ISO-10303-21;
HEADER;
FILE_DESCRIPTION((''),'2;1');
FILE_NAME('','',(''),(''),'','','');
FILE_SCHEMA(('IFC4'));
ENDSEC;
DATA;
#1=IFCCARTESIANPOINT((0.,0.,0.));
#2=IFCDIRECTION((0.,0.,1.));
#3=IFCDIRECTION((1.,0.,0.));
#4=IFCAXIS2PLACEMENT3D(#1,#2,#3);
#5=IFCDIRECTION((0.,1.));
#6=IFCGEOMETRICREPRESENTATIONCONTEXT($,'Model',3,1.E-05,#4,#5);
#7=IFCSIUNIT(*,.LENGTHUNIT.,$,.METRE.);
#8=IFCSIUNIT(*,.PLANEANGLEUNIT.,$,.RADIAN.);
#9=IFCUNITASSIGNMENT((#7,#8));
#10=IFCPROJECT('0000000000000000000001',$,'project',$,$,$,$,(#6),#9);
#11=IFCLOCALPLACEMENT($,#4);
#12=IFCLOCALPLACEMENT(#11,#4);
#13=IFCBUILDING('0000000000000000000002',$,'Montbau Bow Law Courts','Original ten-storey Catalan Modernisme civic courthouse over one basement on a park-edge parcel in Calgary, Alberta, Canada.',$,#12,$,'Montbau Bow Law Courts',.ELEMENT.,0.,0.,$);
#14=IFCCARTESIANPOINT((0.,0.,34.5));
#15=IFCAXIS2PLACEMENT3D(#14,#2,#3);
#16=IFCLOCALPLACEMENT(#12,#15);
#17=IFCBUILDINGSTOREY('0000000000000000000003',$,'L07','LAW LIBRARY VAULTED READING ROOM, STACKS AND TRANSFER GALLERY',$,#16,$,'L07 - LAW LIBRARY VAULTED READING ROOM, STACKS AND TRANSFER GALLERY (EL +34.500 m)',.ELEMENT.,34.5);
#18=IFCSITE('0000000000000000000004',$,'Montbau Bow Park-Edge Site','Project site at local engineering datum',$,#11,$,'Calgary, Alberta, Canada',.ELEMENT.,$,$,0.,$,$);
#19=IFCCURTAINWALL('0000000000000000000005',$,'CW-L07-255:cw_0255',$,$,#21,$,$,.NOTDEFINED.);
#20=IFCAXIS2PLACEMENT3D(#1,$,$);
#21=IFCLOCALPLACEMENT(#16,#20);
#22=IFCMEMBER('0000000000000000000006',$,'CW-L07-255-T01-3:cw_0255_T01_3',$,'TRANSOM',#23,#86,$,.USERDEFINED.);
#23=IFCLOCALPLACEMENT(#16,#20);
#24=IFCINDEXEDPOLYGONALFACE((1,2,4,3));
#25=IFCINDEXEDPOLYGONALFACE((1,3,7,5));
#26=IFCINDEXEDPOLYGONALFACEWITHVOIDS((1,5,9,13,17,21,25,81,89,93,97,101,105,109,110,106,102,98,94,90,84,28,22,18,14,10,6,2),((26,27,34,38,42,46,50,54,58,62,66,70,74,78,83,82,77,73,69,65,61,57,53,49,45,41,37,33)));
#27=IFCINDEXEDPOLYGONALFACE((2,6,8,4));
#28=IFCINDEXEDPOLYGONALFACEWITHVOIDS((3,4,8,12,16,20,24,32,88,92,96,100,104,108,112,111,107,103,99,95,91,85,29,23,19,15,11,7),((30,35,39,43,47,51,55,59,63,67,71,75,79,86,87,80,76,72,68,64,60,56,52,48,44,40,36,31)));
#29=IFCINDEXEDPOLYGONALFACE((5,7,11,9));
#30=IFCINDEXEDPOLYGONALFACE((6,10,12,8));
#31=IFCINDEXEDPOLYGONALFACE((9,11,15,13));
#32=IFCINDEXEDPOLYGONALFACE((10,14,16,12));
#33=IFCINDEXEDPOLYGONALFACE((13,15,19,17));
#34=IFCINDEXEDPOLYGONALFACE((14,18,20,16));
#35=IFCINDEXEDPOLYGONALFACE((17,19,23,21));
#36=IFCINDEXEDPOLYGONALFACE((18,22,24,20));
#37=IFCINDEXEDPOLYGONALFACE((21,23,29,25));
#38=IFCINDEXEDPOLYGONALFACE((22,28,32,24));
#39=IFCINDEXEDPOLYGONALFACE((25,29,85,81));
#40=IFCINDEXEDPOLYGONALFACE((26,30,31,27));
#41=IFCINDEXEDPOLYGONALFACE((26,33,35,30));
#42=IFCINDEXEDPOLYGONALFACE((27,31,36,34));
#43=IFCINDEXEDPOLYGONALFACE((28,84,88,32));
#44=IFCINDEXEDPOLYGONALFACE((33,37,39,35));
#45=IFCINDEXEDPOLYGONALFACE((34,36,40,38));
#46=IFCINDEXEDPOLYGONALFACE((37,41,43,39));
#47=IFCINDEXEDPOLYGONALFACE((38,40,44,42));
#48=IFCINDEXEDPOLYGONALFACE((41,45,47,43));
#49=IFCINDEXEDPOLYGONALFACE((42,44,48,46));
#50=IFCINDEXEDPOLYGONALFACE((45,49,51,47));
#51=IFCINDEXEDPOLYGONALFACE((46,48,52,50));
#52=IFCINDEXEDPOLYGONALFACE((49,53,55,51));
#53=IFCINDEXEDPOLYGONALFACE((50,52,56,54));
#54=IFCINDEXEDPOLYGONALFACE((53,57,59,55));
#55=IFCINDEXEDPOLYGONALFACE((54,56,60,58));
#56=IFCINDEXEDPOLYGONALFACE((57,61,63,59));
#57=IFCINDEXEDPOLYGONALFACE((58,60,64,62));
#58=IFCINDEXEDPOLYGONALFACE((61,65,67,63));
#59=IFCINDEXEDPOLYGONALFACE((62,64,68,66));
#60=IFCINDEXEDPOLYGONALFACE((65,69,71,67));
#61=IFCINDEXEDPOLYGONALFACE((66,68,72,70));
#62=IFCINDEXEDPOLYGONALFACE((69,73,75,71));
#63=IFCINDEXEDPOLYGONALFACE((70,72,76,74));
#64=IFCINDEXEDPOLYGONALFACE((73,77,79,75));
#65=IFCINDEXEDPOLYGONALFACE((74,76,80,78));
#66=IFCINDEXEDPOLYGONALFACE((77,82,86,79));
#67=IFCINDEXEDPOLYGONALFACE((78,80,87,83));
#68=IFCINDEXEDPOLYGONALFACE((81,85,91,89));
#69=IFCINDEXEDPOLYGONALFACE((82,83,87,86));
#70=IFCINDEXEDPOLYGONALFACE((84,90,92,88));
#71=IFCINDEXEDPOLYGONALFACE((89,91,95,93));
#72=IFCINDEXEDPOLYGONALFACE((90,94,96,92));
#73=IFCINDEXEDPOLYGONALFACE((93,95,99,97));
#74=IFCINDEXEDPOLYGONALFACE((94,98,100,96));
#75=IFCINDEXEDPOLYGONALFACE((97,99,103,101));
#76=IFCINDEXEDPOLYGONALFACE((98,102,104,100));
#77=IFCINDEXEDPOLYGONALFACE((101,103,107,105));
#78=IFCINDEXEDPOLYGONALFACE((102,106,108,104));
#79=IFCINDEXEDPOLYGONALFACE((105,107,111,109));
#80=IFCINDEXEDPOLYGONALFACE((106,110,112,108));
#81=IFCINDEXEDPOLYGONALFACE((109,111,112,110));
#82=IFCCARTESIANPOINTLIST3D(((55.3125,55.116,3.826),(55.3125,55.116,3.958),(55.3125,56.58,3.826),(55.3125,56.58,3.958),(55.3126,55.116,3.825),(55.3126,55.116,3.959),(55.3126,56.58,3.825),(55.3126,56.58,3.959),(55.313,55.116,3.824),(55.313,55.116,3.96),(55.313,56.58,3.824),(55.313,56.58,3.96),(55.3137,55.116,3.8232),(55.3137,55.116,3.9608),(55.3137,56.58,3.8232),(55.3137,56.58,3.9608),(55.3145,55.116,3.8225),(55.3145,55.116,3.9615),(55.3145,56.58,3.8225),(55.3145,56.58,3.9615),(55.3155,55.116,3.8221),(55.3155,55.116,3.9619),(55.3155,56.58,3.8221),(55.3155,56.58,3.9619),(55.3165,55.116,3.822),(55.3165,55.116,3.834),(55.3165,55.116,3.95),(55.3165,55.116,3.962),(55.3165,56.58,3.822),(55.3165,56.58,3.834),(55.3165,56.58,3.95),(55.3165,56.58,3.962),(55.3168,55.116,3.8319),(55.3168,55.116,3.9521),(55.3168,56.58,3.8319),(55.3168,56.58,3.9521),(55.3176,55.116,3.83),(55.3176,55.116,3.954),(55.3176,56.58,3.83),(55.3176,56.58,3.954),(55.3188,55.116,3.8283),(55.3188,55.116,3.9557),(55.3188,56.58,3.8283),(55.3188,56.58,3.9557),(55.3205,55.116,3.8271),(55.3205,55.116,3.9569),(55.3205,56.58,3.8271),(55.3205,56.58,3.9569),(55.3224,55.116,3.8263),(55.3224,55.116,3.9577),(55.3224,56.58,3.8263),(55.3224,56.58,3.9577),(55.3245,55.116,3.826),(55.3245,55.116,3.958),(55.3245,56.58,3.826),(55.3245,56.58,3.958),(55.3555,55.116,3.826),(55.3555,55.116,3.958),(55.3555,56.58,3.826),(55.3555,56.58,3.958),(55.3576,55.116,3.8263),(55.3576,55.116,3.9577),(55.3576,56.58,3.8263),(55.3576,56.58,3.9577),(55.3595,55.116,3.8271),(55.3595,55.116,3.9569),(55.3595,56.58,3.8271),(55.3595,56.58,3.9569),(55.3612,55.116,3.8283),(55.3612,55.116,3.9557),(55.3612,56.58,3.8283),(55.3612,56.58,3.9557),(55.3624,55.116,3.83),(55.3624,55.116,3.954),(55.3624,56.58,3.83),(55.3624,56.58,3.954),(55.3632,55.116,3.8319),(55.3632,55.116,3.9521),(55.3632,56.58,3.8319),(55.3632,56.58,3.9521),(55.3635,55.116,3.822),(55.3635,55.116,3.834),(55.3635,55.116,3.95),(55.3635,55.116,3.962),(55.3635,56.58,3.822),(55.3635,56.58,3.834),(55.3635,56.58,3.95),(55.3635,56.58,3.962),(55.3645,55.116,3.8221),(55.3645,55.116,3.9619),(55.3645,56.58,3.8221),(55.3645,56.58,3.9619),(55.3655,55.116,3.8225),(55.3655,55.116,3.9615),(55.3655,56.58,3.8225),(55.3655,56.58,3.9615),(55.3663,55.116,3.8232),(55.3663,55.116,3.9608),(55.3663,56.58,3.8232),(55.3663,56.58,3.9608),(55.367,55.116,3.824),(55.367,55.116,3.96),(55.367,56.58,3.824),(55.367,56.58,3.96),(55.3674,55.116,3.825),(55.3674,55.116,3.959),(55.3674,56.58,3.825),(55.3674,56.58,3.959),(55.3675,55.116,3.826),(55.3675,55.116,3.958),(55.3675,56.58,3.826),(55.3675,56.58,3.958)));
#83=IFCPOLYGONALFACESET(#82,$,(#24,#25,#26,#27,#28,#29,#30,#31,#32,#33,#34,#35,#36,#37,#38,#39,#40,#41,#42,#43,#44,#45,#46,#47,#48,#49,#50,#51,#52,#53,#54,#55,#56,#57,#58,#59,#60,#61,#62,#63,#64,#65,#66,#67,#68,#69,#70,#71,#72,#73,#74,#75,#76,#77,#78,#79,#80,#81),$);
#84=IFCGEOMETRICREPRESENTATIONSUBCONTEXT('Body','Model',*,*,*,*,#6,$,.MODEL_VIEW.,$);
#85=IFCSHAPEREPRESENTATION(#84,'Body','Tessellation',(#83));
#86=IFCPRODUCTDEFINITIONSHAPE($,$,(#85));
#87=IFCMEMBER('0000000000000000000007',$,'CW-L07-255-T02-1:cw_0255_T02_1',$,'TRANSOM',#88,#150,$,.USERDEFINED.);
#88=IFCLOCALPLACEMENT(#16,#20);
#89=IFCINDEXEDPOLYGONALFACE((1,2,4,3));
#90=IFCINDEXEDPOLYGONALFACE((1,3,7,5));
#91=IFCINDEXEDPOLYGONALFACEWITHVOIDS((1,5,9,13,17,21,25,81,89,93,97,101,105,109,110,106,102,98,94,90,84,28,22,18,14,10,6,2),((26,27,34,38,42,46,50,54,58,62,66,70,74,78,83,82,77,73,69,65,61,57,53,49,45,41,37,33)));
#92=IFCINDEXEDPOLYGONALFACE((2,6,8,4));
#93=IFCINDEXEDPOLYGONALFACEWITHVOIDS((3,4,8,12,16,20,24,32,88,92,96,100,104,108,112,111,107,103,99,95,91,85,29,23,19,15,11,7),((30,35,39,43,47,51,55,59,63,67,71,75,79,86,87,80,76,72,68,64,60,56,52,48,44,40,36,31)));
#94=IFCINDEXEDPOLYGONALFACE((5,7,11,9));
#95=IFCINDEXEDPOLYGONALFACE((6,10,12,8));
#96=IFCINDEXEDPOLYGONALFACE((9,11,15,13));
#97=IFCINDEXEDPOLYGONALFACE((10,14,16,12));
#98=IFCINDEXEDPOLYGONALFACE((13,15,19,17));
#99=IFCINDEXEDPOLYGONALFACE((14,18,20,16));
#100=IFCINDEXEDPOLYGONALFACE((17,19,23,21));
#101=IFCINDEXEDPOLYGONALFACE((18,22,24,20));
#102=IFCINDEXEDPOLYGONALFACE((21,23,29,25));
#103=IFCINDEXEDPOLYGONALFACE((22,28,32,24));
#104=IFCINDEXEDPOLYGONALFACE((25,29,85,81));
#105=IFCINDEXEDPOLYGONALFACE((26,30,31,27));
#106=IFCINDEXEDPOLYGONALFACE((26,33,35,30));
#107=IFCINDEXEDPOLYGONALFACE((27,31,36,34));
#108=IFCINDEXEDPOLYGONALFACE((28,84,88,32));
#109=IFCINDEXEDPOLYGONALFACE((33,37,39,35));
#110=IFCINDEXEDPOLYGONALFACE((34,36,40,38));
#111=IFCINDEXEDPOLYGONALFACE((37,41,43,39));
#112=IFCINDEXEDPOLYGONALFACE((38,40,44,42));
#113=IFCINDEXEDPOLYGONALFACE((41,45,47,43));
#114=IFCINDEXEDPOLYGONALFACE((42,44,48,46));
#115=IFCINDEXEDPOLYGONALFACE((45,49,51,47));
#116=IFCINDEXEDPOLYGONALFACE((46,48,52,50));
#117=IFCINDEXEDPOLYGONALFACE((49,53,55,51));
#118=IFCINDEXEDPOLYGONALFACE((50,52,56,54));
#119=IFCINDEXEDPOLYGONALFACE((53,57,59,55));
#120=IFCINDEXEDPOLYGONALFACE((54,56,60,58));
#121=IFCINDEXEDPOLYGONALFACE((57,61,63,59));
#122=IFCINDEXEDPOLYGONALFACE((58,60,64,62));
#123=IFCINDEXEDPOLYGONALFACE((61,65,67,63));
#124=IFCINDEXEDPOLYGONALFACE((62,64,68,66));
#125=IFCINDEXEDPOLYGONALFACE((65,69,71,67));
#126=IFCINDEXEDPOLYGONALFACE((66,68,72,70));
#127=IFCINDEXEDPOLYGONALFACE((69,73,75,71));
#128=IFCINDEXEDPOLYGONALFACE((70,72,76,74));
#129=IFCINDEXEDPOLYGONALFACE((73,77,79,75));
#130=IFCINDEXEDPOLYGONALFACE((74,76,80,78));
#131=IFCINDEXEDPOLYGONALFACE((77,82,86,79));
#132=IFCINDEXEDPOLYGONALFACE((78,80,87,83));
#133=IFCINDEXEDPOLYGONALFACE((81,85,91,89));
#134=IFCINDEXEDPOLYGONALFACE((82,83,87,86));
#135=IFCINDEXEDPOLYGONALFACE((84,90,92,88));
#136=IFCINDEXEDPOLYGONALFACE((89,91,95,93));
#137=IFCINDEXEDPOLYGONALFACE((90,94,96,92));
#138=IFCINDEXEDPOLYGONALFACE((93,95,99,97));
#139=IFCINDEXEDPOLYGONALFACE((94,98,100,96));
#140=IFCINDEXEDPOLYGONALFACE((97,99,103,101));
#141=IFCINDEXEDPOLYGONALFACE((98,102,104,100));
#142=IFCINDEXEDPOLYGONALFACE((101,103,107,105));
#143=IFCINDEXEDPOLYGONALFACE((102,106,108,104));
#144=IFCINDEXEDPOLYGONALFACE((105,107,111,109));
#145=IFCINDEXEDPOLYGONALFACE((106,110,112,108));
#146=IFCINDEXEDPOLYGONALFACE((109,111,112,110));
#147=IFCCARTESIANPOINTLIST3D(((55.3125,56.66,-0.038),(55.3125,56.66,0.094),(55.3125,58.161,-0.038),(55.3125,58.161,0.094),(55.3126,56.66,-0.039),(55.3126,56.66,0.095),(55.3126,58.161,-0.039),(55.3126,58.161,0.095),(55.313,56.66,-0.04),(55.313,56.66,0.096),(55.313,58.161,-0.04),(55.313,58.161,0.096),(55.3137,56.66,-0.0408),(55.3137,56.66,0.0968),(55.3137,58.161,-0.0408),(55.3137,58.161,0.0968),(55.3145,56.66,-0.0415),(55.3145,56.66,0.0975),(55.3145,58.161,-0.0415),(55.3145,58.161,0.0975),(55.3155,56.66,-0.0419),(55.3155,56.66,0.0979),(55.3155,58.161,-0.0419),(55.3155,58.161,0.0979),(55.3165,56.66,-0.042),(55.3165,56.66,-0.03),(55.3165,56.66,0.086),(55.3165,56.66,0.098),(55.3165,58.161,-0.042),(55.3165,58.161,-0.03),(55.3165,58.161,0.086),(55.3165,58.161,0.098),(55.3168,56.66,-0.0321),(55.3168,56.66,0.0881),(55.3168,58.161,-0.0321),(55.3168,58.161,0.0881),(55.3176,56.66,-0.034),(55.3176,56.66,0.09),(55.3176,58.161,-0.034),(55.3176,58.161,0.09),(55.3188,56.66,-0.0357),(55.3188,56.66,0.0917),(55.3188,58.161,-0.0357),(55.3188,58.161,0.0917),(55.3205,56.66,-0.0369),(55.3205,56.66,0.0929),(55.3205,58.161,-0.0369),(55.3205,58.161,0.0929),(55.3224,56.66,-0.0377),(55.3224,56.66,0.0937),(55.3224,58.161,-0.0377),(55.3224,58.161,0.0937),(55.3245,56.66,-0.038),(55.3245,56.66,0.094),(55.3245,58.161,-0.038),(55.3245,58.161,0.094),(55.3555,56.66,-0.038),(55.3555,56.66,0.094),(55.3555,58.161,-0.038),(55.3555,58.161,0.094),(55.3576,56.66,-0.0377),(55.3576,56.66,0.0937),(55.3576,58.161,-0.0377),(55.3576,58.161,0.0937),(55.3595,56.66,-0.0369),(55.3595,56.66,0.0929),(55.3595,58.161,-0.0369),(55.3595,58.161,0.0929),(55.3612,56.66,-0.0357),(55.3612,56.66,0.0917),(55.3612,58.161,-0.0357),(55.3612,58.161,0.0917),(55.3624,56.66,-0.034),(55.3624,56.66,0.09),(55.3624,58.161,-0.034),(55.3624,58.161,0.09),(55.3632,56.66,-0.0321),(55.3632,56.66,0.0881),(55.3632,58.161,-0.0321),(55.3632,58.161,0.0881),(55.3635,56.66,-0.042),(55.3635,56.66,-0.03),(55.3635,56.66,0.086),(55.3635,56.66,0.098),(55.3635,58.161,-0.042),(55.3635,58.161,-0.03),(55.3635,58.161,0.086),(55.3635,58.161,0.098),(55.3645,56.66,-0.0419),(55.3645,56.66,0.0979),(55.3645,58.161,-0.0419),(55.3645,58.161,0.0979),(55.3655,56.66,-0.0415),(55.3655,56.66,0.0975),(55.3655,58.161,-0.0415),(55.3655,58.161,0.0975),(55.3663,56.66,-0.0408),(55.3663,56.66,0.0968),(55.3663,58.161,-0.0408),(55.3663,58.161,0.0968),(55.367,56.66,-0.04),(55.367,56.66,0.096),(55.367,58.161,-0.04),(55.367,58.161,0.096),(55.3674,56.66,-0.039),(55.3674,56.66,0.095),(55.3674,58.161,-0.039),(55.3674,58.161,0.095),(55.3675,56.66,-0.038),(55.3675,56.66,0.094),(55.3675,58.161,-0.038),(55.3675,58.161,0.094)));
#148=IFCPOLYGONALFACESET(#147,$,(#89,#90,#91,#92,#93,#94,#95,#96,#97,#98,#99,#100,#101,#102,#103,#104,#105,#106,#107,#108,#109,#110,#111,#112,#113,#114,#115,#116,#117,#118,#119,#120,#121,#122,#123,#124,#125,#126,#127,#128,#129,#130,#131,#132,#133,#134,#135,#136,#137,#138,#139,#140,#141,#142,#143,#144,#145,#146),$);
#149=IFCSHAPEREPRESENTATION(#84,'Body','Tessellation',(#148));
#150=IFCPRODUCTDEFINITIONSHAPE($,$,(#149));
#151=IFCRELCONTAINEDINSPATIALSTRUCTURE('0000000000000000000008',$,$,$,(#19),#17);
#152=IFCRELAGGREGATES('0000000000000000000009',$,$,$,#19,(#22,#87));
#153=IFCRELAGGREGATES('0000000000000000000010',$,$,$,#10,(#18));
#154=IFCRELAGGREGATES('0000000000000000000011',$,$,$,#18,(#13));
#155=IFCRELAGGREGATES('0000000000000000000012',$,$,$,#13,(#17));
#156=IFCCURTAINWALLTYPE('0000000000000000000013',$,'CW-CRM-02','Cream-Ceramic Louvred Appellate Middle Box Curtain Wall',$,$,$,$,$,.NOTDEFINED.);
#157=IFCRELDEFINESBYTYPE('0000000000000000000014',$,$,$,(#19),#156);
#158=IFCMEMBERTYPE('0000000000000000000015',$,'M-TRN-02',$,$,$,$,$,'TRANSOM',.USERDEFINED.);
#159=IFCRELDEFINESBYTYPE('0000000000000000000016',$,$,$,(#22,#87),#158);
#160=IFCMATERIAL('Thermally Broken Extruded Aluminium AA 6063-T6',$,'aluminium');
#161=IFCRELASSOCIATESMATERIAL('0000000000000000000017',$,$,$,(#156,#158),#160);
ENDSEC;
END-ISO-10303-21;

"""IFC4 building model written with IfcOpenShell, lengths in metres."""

from ifc_helpers import new_model, si_unit, direction, frame, origin_with_axes, origin_2d_with_axis, place, context, subcontext, project, spatial, hollow_rectangle, extrude, material, material_profile, profile_set, type_object, element, aggregate, save


model = new_model("IFC4")

# Units and contexts
model_context = context("Model", 3, precision=1e-05, world=origin_with_axes(), true_north=direction((0.0, 1.0)))
body_context = subcontext(model_context, "Body", "Model", "MODEL_VIEW")
ifc_project = project(units=[si_unit("LENGTHUNIT", "METRE"), si_unit("PLANEANGLEUNIT", "RADIAN")], contexts=[model_context])

# Site, building, storey
site_placement = place(None, origin_with_axes())
site = spatial("IfcSite", under=ifc_project, at=site_placement, Name="Montbau Bow Park-Edge Site", Description="Project site at local engineering datum", LongName="Calgary, Alberta, Canada", CompositionType="ELEMENT", RefElevation=0.0)
building_placement = place(site_placement, origin_with_axes())
building = spatial("IfcBuilding", under=site, at=building_placement, Name="Montbau Bow Law Courts", Description="Original ten-storey Catalan Modernisme civic courthouse over one basement on a park-edge parcel in Calgary, Alberta, Canada.", LongName="Montbau Bow Law Courts", CompositionType="ELEMENT", ElevationOfRefHeight=0.0, ElevationOfTerrain=0.0)
storey_placement = place(building_placement, frame((0.0, 0.0, 34.5), z_axis=(0.0, 0.0, 1.0), x_axis=(1.0, 0.0, 0.0)))
storey = spatial("IfcBuildingStorey", under=building, at=storey_placement, Name="L07", Description="LAW LIBRARY VAULTED READING ROOM, STACKS AND TRANSFER GALLERY", LongName="L07 - LAW LIBRARY VAULTED READING ROOM, STACKS AND TRANSFER GALLERY (EL +34.500 m)", CompositionType="ELEMENT", Elevation=34.5)

# Curtain wall
ifc_material_1 = material(Name="Thermally Broken Extruded Aluminium AA 6063-T6", Category="aluminium")
curtain_wall_type = type_object("IfcCurtainWallType", Name="CW-CRM-02", Description="Cream-Ceramic Louvred Appellate Middle Box Curtain Wall", PredefinedType="NOTDEFINED", material=ifc_material_1)
curtain_wall_1_placement = place(None, frame((55.34, 55.04, 34.5), z_axis=(0.0, 0.0, 1.0), x_axis=(1.0, 0.0, 0.0)))
curtain_wall_1 = element("IfcCurtainWall", 1, at=curtain_wall_1_placement, inside=storey, type_object=curtain_wall_type, Name="CW-L07-255:cw_0255", PredefinedType="NOTDEFINED")

# Members
ifc_material_profile_1 = material_profile(ifc_material_1, hollow_rectangle(XDim=0.055, YDim=0.14, WallThickness=0.004, InnerFilletRadius=0.008, OuterFilletRadius=0.004, at=origin_2d_with_axis()), Name="CWT-140X55", Category="Main", Priority=0)
ifc_profile_set_1 = profile_set([ifc_material_profile_1], Name="Thermally Broken Extruded Aluminium AA 6063-T6")
member_type_1 = type_object("IfcMemberType", Name="M-TRN-02", ElementType="TRANSOM", PredefinedType="USERDEFINED", material=ifc_profile_set_1)
member_1_placement = place(None, frame((55.34, 55.116, 38.392), z_axis=(0.0, 1.0, 0.0), x_axis=(-1.0, 0.0, 0.0)))
member_1 = element("IfcMember", 2, at=member_1_placement, type_object=member_type_1, Name="CW-L07-255-T01-3:cw_0255_T01_3", ObjectType="TRANSOM", PredefinedType="USERDEFINED", context=body_context, shape_type="SweptSolid", body=[
    extrude(hollow_rectangle(XDim=0.055, YDim=0.14, WallThickness=0.004, InnerFilletRadius=0.008, OuterFilletRadius=0.004, at=origin_2d_with_axis()), origin_with_axes(), (0.0, 0.0, 1.0), 1.464),
])
member_2_placement = place(None, frame((55.34, 56.66, 34.528), z_axis=(0.0, 1.0, 0.0), x_axis=(-1.0, 0.0, 0.0)))
member_2 = element("IfcMember", 3, at=member_2_placement, type_object=member_type_1, Name="CW-L07-255-T02-1:cw_0255_T02_1", ObjectType="TRANSOM", PredefinedType="USERDEFINED", context=body_context, shape_type="SweptSolid", body=[
    extrude(hollow_rectangle(XDim=0.055, YDim=0.14, WallThickness=0.004, InnerFilletRadius=0.008, OuterFilletRadius=0.004, at=origin_2d_with_axis()), origin_with_axes(), (0.0, 0.0, 1.0), 1.501),
])

aggregate(curtain_wall_1, [member_1, member_2])

save(model, "model.ifc")
